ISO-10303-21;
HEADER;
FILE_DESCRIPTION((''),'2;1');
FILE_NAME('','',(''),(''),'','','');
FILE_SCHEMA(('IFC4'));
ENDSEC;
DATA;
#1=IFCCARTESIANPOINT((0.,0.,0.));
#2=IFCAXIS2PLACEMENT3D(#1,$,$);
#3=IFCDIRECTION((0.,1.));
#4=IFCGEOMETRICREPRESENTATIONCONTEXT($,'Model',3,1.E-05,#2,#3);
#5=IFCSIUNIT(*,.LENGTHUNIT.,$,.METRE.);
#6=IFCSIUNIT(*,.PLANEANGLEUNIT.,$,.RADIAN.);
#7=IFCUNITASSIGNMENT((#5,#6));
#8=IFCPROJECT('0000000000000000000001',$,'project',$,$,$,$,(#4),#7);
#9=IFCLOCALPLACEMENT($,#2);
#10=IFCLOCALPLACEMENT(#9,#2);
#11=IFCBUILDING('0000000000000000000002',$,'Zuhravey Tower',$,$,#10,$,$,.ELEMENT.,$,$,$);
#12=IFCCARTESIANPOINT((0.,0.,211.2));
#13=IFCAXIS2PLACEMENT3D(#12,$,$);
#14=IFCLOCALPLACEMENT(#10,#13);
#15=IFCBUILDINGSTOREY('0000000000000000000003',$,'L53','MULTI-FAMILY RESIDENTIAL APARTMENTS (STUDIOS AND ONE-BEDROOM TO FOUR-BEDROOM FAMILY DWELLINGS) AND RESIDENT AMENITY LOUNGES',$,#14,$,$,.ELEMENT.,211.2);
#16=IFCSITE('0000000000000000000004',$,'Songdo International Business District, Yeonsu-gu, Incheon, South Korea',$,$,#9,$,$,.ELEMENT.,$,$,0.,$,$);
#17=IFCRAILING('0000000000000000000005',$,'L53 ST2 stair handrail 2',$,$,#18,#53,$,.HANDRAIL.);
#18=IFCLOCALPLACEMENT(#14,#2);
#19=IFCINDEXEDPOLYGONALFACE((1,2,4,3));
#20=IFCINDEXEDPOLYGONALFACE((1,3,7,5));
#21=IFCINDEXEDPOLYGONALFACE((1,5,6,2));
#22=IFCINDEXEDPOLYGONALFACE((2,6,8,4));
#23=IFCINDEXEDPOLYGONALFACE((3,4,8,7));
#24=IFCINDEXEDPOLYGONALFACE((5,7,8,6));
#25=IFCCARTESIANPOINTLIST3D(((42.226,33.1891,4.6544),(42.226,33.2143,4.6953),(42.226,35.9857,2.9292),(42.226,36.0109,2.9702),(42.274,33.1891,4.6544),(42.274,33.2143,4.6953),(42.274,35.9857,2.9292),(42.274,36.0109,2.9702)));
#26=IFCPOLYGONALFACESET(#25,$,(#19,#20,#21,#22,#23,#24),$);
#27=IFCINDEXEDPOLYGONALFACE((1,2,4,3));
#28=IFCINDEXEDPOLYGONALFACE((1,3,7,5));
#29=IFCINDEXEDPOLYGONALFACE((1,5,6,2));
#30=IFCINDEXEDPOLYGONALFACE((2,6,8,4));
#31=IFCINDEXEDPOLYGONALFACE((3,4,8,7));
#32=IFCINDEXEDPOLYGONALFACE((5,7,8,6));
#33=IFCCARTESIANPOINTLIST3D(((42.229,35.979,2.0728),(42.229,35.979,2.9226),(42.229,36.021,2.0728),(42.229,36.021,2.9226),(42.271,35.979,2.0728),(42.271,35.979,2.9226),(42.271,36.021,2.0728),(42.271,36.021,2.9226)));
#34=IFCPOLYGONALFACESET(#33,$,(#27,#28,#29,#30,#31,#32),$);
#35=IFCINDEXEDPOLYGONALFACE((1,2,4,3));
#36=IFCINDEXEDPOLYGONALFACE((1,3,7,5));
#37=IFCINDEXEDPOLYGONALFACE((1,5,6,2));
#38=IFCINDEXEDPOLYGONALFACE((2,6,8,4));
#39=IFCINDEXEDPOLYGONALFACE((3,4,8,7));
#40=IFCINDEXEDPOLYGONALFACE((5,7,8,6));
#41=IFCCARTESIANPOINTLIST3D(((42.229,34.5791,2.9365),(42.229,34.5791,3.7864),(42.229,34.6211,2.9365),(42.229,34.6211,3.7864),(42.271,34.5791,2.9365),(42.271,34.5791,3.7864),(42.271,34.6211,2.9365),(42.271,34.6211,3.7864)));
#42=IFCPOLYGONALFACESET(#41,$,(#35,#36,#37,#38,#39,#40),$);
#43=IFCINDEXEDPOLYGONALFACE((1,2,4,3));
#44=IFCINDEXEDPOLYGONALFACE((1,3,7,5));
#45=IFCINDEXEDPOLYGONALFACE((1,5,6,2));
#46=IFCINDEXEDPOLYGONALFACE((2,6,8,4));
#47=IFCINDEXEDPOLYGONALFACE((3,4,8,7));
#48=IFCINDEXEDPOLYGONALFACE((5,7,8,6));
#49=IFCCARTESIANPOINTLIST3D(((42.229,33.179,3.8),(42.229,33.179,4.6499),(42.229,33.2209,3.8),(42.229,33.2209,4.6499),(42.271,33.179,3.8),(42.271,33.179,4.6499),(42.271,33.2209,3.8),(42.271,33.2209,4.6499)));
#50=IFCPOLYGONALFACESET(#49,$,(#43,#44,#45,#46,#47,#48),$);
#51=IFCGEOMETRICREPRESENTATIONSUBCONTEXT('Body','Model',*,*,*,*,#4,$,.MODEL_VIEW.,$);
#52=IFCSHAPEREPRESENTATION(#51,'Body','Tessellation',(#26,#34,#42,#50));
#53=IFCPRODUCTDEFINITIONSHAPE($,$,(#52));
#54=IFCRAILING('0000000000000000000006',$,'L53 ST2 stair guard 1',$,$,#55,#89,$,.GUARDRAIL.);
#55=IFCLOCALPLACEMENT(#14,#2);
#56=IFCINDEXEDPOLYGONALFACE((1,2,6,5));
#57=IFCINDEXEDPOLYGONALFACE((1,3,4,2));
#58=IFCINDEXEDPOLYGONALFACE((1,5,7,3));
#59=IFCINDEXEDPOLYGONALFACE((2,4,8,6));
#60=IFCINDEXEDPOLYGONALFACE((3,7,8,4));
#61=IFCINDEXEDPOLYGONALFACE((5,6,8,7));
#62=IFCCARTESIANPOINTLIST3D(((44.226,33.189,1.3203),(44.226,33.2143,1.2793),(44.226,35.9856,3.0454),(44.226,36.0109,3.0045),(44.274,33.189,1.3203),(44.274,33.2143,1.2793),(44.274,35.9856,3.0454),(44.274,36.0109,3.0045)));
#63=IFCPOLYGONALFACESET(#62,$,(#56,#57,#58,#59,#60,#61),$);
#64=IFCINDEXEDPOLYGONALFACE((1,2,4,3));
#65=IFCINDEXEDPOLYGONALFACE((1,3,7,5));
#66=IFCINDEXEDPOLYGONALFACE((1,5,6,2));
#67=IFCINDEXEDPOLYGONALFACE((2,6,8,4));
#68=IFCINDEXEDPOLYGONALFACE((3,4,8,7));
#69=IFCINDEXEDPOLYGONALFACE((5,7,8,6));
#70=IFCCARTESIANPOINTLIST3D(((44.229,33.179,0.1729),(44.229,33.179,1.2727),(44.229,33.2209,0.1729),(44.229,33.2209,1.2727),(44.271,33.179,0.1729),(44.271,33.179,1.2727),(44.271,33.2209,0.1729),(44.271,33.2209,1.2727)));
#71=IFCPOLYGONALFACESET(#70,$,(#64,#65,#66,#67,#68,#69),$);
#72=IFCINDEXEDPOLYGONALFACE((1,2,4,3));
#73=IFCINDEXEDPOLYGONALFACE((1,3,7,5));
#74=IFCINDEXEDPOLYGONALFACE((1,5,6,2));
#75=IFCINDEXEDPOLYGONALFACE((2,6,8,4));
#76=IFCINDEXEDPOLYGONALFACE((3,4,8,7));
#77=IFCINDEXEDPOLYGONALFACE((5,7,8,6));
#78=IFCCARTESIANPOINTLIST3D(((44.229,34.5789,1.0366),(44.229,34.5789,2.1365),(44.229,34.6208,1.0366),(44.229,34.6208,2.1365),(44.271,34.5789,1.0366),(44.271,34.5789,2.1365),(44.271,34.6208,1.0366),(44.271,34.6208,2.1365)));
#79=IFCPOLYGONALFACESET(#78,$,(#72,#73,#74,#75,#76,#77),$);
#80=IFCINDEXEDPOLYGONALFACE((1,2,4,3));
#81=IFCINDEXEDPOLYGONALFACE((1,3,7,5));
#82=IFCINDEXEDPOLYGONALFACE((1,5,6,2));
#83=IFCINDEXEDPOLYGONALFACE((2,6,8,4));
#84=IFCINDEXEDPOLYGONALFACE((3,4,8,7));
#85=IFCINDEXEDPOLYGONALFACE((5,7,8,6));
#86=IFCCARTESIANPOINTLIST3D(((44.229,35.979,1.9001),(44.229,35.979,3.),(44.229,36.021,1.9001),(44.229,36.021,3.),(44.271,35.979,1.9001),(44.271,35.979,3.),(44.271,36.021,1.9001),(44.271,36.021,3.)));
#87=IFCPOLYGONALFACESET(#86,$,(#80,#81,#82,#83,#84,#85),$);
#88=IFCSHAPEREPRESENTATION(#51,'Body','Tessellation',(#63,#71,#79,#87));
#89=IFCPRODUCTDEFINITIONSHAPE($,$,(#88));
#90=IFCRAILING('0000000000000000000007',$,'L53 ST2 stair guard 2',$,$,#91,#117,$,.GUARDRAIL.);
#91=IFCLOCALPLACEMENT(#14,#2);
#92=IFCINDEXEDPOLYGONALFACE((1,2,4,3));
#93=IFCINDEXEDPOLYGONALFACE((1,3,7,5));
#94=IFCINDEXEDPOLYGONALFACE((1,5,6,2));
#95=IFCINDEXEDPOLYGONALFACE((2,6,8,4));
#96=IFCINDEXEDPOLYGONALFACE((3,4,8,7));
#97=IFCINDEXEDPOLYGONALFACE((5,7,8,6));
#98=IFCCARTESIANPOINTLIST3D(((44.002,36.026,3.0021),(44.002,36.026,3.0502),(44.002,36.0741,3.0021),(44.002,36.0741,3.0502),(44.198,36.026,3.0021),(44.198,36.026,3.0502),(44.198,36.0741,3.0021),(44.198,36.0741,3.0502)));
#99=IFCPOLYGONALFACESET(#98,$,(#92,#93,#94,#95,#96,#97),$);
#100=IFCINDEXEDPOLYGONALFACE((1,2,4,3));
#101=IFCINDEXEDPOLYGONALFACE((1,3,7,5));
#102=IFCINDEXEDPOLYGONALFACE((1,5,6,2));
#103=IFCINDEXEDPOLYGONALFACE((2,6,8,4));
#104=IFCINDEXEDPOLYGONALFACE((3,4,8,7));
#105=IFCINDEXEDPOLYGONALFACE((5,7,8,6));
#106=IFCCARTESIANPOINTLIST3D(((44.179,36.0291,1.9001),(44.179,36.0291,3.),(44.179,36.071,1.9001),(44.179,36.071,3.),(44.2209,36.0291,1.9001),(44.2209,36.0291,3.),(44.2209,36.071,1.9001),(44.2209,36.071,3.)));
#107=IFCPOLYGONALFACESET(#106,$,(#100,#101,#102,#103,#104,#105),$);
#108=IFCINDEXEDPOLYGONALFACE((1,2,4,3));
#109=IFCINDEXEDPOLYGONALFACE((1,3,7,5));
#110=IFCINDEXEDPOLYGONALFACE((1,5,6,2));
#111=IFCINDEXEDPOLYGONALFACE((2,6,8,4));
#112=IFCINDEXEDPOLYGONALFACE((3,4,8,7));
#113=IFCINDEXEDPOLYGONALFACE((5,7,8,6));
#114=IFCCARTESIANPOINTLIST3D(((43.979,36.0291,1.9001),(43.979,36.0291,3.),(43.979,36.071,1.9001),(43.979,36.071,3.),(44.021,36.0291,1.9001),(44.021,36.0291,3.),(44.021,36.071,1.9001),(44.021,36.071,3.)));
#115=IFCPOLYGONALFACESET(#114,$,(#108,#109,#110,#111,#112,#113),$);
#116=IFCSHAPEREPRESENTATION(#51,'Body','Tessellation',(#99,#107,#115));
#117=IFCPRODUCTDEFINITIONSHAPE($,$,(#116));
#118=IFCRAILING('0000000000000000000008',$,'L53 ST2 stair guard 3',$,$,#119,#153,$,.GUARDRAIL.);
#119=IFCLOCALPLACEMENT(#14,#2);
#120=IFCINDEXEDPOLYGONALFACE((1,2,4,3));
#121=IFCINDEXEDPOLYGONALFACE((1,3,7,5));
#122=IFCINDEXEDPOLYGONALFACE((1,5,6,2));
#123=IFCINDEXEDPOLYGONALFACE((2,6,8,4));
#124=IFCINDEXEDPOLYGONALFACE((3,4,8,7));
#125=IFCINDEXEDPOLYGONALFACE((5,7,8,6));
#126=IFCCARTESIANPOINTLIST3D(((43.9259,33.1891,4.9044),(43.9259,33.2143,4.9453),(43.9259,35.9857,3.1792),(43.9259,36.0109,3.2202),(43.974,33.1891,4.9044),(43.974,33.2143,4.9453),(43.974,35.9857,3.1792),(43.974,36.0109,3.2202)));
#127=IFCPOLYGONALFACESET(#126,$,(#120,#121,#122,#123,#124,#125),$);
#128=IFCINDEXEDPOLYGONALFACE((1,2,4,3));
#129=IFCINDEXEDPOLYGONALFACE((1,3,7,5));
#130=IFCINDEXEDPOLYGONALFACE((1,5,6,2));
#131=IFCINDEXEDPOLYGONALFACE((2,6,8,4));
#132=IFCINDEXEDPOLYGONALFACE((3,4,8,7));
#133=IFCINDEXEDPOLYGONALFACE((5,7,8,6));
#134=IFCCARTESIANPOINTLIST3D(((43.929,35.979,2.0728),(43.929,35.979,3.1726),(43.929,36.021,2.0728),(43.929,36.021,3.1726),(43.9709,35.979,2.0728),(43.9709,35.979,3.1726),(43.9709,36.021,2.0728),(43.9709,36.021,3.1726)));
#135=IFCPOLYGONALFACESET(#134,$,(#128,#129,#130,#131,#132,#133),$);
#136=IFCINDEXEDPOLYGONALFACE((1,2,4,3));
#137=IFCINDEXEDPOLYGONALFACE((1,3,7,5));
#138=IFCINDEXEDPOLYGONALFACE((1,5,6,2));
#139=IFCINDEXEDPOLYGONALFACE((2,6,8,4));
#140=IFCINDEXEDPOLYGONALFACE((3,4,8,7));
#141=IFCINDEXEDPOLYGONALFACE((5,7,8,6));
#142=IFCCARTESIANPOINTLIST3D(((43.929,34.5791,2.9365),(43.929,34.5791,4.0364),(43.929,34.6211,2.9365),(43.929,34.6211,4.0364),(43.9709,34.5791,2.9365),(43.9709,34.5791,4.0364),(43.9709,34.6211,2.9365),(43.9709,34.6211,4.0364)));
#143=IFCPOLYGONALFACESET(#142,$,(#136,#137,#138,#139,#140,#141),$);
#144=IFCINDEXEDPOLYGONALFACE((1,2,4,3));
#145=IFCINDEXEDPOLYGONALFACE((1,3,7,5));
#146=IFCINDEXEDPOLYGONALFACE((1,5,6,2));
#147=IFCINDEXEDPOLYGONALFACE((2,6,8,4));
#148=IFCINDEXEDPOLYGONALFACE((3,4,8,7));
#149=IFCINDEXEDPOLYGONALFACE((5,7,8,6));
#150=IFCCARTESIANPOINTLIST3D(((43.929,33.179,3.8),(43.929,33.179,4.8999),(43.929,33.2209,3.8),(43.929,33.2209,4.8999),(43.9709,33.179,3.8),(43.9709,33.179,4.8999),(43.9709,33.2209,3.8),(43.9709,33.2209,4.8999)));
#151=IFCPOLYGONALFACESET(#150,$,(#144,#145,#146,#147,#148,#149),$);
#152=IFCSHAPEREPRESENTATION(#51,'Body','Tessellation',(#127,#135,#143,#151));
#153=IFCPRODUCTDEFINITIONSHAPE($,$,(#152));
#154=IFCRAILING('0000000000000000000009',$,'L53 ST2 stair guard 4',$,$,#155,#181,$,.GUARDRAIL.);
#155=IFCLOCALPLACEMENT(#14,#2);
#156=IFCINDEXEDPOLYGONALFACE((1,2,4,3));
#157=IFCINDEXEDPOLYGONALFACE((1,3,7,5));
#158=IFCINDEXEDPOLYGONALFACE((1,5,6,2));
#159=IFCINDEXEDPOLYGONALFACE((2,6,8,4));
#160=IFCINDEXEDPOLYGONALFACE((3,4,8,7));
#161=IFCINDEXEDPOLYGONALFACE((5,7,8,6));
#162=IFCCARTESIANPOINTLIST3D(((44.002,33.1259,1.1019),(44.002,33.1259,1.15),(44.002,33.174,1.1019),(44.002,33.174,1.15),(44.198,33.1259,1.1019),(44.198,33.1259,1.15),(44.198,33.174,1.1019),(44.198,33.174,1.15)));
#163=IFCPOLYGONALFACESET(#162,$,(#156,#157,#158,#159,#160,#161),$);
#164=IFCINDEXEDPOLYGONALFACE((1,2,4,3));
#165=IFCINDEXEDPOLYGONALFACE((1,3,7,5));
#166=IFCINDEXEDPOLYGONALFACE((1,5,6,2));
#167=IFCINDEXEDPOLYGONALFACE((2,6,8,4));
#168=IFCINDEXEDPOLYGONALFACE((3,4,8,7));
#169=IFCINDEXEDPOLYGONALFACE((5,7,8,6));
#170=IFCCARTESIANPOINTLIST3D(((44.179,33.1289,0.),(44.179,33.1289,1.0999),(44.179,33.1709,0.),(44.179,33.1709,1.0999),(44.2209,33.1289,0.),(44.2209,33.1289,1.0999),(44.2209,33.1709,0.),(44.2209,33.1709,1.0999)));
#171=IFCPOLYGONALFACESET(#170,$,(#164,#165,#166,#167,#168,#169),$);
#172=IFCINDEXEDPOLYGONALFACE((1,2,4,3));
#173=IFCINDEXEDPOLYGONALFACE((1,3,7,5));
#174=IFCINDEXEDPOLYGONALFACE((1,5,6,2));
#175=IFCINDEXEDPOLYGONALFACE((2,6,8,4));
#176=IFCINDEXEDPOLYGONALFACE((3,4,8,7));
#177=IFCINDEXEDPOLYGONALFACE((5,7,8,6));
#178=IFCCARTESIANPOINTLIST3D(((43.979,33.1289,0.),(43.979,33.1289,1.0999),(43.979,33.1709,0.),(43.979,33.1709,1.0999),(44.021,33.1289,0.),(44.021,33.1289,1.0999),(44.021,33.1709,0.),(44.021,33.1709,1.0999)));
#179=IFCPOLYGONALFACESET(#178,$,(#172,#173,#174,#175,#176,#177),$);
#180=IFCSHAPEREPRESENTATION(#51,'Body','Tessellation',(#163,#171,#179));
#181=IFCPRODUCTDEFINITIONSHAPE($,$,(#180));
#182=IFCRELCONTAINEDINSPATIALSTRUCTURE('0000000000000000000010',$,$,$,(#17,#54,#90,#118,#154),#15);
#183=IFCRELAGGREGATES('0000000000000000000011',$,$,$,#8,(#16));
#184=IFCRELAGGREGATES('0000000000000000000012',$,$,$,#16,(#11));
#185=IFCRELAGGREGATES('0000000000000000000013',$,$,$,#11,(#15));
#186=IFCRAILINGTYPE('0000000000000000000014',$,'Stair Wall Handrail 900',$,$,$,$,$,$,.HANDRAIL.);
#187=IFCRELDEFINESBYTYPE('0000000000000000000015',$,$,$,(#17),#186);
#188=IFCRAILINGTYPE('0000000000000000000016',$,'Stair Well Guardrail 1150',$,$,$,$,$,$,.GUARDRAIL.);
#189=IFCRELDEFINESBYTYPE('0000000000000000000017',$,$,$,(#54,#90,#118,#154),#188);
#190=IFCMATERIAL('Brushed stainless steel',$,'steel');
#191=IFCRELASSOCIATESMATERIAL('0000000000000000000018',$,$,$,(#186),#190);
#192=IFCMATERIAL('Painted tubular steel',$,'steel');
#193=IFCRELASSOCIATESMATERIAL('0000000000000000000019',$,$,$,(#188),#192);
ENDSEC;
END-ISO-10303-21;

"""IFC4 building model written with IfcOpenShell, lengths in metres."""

from ifc_helpers import new_model, si_unit, direction, frame, origin, origin_2d, place, context, subcontext, project, spatial, rectangle, extrude, material, type_object, element, save


model = new_model("IFC4")

# Units and contexts
model_context = context("Model", 3, precision=1e-05, world=origin(), true_north=direction((0.0, 1.0)))
body_context = subcontext(model_context, "Body", "Model", "MODEL_VIEW")
ifc_project = project(units=[si_unit("LENGTHUNIT", "METRE"), si_unit("PLANEANGLEUNIT", "RADIAN")], contexts=[model_context])

# Site, building, storey
site_placement = place(None, origin())
site = spatial("IfcSite", under=ifc_project, at=site_placement, Name="Songdo International Business District, Yeonsu-gu, Incheon, South Korea", CompositionType="ELEMENT", RefElevation=0.0)
building_placement = place(site_placement, origin())
building = spatial("IfcBuilding", under=site, at=building_placement, Name="Zuhravey Tower", CompositionType="ELEMENT")
storey_placement = place(building_placement, frame((0.0, 0.0, 211.2)))
storey = spatial("IfcBuildingStorey", under=building, at=storey_placement, Name="L53", Description="MULTI-FAMILY RESIDENTIAL APARTMENTS (STUDIOS AND ONE-BEDROOM TO FOUR-BEDROOM FAMILY DWELLINGS) AND RESIDENT AMENITY LOUNGES", CompositionType="ELEMENT", Elevation=211.2)

# Railings
ifc_material_1 = material(Name="Brushed stainless steel", Category="steel")
railing_type_1 = type_object("IfcRailingType", Name="Stair Wall Handrail 900", PredefinedType="HANDRAIL", material=ifc_material_1)
railing_1_placement = place(storey_placement, frame((42.25, 36.0, 2.0728)))
element("IfcRailing", 1, at=railing_1_placement, inside=storey, type_object=railing_type_1, Name="L53 ST2 stair handrail 2", PredefinedType="HANDRAIL", context=body_context, shape_type="SweptSolid", body=[
    extrude(rectangle(XDim=0.0481, YDim=0.0481, at=origin_2d()), frame((0.0, -0.0017, 0.877), z_axis=(0.0, -0.85109, 0.52502), x_axis=(1.0, 0.0, 0.0)), (0.0, 0.0, 1.0), 3.2859),
    extrude(rectangle(XDim=0.042, YDim=0.042, at=origin_2d()), origin(), (0.0, 0.0, 1.0), 0.8499),
    extrude(rectangle(XDim=0.042, YDim=0.042, at=origin_2d()), frame((0.0, -1.3999, 0.8638)), (0.0, 0.0, 1.0), 0.8499),
    extrude(rectangle(XDim=0.042, YDim=0.042, at=origin_2d()), frame((0.0, -2.8, 1.7273)), (0.0, 0.0, 1.0), 0.8499),
])
ifc_material_2 = material(Name="Painted tubular steel", Category="steel")
railing_type_2 = type_object("IfcRailingType", Name="Stair Well Guardrail 1150", PredefinedType="GUARDRAIL", material=ifc_material_2)
railing_2_placement = place(storey_placement, frame((44.25, 33.2, 0.1729)))
element("IfcRailing", 2, at=railing_2_placement, inside=storey, type_object=railing_type_2, Name="L53 ST2 stair guard 1", PredefinedType="GUARDRAIL", context=body_context, shape_type="SweptSolid", body=[
    extrude(rectangle(XDim=0.0481, YDim=0.0481, at=origin_2d()), frame((0.0, 0.0017, 1.127), z_axis=(0.0, 0.85109, 0.52502), x_axis=(-1.0, 0.0, 0.0)), (0.0, 0.0, 1.0), 3.2859),
    extrude(rectangle(XDim=0.042, YDim=0.042, at=origin_2d()), origin(), (0.0, 0.0, 1.0), 1.0999),
    extrude(rectangle(XDim=0.042, YDim=0.042, at=origin_2d()), frame((0.0, 1.3999, 0.8638)), (0.0, 0.0, 1.0), 1.0999),
    extrude(rectangle(XDim=0.042, YDim=0.042, at=origin_2d()), frame((0.0, 2.8, 1.7273)), (0.0, 0.0, 1.0), 1.0999),
])
railing_3_placement = place(storey_placement, frame((44.2, 36.05, 1.9001)))
element("IfcRailing", 3, at=railing_3_placement, inside=storey, type_object=railing_type_2, Name="L53 ST2 stair guard 2", PredefinedType="GUARDRAIL", context=body_context, shape_type="SweptSolid", body=[
    extrude(rectangle(XDim=0.0481, YDim=0.0481, at=origin_2d()), frame((-0.002, 0.0, 1.126), z_axis=(-1.0, 0.0, 0.0), x_axis=(0.0, -1.0, 0.0)), (0.0, 0.0, 1.0), 0.196),
    extrude(rectangle(XDim=0.042, YDim=0.042, at=origin_2d()), origin(), (0.0, 0.0, 1.0), 1.0999),
    extrude(rectangle(XDim=0.042, YDim=0.042, at=origin_2d()), frame((-0.2, 0.0, 0.0)), (0.0, 0.0, 1.0), 1.0999),
])
railing_4_placement = place(storey_placement, frame((43.95, 36.0, 2.0728)))
element("IfcRailing", 4, at=railing_4_placement, inside=storey, type_object=railing_type_2, Name="L53 ST2 stair guard 3", PredefinedType="GUARDRAIL", context=body_context, shape_type="SweptSolid", body=[
    extrude(rectangle(XDim=0.0481, YDim=0.0481, at=origin_2d()), frame((0.0, -0.0017, 1.127), z_axis=(0.0, -0.85109, 0.52502), x_axis=(1.0, 0.0, 0.0)), (0.0, 0.0, 1.0), 3.2859),
    extrude(rectangle(XDim=0.042, YDim=0.042, at=origin_2d()), origin(), (0.0, 0.0, 1.0), 1.0999),
    extrude(rectangle(XDim=0.042, YDim=0.042, at=origin_2d()), frame((0.0, -1.3999, 0.8638)), (0.0, 0.0, 1.0), 1.0999),
    extrude(rectangle(XDim=0.042, YDim=0.042, at=origin_2d()), frame((0.0, -2.8, 1.7273)), (0.0, 0.0, 1.0), 1.0999),
])
railing_5_placement = place(storey_placement, frame((44.2, 33.1499, 0.0)))
element("IfcRailing", 5, at=railing_5_placement, inside=storey, type_object=railing_type_2, Name="L53 ST2 stair guard 4", PredefinedType="GUARDRAIL", context=body_context, shape_type="SweptSolid", body=[
    extrude(rectangle(XDim=0.0481, YDim=0.0481, at=origin_2d()), frame((-0.002, 0.0, 1.126), z_axis=(-1.0, 0.0, 0.0), x_axis=(0.0, -1.0, 0.0)), (0.0, 0.0, 1.0), 0.196),
    extrude(rectangle(XDim=0.042, YDim=0.042, at=origin_2d()), origin(), (0.0, 0.0, 1.0), 1.0999),
    extrude(rectangle(XDim=0.042, YDim=0.042, at=origin_2d()), frame((-0.2, 0.0, 0.0)), (0.0, 0.0, 1.0), 1.0999),
])

save(model, "model.ifc")
